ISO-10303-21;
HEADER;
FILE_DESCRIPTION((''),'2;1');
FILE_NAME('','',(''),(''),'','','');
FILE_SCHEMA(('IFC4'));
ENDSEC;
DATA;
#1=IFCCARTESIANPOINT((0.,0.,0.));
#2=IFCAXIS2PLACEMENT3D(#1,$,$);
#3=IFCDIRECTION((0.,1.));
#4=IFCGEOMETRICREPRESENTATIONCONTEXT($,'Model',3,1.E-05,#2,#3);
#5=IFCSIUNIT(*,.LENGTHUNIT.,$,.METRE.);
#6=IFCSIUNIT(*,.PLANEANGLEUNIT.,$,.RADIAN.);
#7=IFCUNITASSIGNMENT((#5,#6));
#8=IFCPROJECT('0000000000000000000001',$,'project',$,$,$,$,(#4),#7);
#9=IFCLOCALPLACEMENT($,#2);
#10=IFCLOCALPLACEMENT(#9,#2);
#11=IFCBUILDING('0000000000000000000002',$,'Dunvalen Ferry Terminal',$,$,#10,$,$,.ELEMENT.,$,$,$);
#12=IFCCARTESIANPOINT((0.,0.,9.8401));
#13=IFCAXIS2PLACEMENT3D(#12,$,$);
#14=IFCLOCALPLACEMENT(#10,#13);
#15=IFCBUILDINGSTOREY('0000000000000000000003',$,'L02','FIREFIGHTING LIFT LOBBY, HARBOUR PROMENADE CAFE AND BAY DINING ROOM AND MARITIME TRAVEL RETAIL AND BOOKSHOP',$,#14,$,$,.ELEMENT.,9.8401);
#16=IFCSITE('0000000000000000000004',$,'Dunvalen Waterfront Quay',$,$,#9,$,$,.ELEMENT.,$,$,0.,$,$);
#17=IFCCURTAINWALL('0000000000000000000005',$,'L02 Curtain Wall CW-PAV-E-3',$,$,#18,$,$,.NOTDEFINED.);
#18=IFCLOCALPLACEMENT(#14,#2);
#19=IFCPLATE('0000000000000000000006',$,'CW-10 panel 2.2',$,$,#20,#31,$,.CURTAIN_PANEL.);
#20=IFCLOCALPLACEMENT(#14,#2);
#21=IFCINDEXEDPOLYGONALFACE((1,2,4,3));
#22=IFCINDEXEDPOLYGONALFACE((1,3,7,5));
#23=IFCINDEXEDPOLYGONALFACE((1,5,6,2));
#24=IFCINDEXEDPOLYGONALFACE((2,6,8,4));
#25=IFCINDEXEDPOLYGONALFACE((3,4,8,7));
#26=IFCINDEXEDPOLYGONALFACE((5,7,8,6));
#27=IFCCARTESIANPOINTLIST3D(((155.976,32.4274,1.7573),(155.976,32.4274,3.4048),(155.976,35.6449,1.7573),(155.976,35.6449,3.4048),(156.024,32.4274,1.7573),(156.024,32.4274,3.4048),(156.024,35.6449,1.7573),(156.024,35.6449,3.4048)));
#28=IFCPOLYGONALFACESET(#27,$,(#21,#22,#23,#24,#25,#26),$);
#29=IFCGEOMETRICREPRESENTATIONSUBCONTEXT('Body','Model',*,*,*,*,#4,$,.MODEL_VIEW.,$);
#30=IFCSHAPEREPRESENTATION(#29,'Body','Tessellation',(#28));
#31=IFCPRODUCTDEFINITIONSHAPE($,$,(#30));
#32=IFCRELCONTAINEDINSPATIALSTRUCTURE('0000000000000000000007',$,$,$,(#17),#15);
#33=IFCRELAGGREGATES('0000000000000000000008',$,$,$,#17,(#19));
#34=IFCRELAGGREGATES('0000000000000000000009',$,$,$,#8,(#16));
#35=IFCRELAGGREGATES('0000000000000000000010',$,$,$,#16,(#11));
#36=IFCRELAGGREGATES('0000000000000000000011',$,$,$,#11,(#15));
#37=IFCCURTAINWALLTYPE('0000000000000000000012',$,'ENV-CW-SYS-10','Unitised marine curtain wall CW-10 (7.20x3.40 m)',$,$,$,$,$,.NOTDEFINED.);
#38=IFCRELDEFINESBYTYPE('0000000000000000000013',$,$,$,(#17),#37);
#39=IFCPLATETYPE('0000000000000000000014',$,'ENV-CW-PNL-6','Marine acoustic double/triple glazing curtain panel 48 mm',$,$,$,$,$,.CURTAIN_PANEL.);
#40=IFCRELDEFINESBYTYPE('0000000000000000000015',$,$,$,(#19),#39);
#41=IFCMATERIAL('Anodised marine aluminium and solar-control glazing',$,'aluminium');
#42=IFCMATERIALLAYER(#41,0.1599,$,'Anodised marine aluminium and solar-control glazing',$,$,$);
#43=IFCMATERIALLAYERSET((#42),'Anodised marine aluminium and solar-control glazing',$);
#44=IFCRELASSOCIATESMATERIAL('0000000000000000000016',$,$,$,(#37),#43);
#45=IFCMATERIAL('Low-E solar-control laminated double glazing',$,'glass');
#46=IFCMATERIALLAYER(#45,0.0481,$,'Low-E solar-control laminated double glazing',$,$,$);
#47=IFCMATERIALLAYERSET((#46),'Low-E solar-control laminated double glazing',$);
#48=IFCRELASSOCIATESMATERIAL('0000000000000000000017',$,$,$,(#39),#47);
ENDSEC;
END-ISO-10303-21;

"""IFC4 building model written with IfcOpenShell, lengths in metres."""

from ifc_helpers import new_model, si_unit, direction, frame, origin, origin_2d, place, context, subcontext, project, spatial, rectangle, extrude, material, layer, layer_set, type_object, element, aggregate, save


model = new_model("IFC4")

# Units and contexts
model_context = context("Model", 3, precision=1e-05, world=origin(), true_north=direction((0.0, 1.0)))
body_context = subcontext(model_context, "Body", "Model", "MODEL_VIEW")
ifc_project = project(units=[si_unit("LENGTHUNIT", "METRE"), si_unit("PLANEANGLEUNIT", "RADIAN")], contexts=[model_context])

# Site, building, storey
site_placement = place(None, origin())
site = spatial("IfcSite", under=ifc_project, at=site_placement, Name="Dunvalen Waterfront Quay", CompositionType="ELEMENT", RefElevation=0.0)
building_placement = place(site_placement, origin())
building = spatial("IfcBuilding", under=site, at=building_placement, Name="Dunvalen Ferry Terminal", CompositionType="ELEMENT")
storey_placement = place(building_placement, frame((0.0, 0.0, 9.8401)))
storey = spatial("IfcBuildingStorey", under=building, at=storey_placement, Name="L02", Description="FIREFIGHTING LIFT LOBBY, HARBOUR PROMENADE CAFE AND BAY DINING ROOM AND MARITIME TRAVEL RETAIL AND BOOKSHOP", CompositionType="ELEMENT", Elevation=9.8401)

# Shared definitions
ifc_material_1 = material(Name="Anodised marine aluminium and solar-control glazing", Category="aluminium")

# Curtain wall
ifc_layer_1 = layer(ifc_material_1, 0.1599, Name="Anodised marine aluminium and solar-control glazing")
ifc_layer_set_1 = layer_set([ifc_layer_1], Name="Anodised marine aluminium and solar-control glazing")
curtain_wall_type_1 = type_object("IfcCurtainWallType", Name="ENV-CW-SYS-10", Description="Unitised marine curtain wall CW-10 (7.20x3.40 m)", PredefinedType="NOTDEFINED", material=ifc_layer_set_1)
curtain_wall_1_placement = place(storey_placement, origin())
curtain_wall_1 = element("IfcCurtainWall", 1, at=curtain_wall_1_placement, inside=storey, type_object=curtain_wall_type_1, Name="L02 Curtain Wall CW-PAV-E-3", PredefinedType="NOTDEFINED")

# Plate
ifc_material_2 = material(Name="Low-E solar-control laminated double glazing", Category="glass")
ifc_layer_2 = layer(ifc_material_2, 0.0481, Name="Low-E solar-control laminated double glazing")
ifc_layer_set_2 = layer_set([ifc_layer_2], Name="Low-E solar-control laminated double glazing")
plate_type = type_object("IfcPlateType", Name="ENV-CW-PNL-6", Description="Marine acoustic double/triple glazing curtain panel 48 mm", PredefinedType="CURTAIN_PANEL", material=ifc_layer_set_2)
plate_1_placement = place(storey_placement, frame((156.0, 34.0361, 1.7573), z_axis=(0.0, 0.0, 1.0), x_axis=(0.0, 1.0, 0.0)))
plate_1 = element("IfcPlate", 2, at=plate_1_placement, type_object=plate_type, Name="CW-10 panel 2.2", PredefinedType="CURTAIN_PANEL", context=body_context, shape_type="SweptSolid", body=[
    extrude(rectangle(XDim=3.2175, YDim=0.0481, at=origin_2d()), origin(), (0.0, 0.0, 1.0), 1.6475),
])
aggregate(curtain_wall_1, [plate_1])

save(model, "model.ifc")
